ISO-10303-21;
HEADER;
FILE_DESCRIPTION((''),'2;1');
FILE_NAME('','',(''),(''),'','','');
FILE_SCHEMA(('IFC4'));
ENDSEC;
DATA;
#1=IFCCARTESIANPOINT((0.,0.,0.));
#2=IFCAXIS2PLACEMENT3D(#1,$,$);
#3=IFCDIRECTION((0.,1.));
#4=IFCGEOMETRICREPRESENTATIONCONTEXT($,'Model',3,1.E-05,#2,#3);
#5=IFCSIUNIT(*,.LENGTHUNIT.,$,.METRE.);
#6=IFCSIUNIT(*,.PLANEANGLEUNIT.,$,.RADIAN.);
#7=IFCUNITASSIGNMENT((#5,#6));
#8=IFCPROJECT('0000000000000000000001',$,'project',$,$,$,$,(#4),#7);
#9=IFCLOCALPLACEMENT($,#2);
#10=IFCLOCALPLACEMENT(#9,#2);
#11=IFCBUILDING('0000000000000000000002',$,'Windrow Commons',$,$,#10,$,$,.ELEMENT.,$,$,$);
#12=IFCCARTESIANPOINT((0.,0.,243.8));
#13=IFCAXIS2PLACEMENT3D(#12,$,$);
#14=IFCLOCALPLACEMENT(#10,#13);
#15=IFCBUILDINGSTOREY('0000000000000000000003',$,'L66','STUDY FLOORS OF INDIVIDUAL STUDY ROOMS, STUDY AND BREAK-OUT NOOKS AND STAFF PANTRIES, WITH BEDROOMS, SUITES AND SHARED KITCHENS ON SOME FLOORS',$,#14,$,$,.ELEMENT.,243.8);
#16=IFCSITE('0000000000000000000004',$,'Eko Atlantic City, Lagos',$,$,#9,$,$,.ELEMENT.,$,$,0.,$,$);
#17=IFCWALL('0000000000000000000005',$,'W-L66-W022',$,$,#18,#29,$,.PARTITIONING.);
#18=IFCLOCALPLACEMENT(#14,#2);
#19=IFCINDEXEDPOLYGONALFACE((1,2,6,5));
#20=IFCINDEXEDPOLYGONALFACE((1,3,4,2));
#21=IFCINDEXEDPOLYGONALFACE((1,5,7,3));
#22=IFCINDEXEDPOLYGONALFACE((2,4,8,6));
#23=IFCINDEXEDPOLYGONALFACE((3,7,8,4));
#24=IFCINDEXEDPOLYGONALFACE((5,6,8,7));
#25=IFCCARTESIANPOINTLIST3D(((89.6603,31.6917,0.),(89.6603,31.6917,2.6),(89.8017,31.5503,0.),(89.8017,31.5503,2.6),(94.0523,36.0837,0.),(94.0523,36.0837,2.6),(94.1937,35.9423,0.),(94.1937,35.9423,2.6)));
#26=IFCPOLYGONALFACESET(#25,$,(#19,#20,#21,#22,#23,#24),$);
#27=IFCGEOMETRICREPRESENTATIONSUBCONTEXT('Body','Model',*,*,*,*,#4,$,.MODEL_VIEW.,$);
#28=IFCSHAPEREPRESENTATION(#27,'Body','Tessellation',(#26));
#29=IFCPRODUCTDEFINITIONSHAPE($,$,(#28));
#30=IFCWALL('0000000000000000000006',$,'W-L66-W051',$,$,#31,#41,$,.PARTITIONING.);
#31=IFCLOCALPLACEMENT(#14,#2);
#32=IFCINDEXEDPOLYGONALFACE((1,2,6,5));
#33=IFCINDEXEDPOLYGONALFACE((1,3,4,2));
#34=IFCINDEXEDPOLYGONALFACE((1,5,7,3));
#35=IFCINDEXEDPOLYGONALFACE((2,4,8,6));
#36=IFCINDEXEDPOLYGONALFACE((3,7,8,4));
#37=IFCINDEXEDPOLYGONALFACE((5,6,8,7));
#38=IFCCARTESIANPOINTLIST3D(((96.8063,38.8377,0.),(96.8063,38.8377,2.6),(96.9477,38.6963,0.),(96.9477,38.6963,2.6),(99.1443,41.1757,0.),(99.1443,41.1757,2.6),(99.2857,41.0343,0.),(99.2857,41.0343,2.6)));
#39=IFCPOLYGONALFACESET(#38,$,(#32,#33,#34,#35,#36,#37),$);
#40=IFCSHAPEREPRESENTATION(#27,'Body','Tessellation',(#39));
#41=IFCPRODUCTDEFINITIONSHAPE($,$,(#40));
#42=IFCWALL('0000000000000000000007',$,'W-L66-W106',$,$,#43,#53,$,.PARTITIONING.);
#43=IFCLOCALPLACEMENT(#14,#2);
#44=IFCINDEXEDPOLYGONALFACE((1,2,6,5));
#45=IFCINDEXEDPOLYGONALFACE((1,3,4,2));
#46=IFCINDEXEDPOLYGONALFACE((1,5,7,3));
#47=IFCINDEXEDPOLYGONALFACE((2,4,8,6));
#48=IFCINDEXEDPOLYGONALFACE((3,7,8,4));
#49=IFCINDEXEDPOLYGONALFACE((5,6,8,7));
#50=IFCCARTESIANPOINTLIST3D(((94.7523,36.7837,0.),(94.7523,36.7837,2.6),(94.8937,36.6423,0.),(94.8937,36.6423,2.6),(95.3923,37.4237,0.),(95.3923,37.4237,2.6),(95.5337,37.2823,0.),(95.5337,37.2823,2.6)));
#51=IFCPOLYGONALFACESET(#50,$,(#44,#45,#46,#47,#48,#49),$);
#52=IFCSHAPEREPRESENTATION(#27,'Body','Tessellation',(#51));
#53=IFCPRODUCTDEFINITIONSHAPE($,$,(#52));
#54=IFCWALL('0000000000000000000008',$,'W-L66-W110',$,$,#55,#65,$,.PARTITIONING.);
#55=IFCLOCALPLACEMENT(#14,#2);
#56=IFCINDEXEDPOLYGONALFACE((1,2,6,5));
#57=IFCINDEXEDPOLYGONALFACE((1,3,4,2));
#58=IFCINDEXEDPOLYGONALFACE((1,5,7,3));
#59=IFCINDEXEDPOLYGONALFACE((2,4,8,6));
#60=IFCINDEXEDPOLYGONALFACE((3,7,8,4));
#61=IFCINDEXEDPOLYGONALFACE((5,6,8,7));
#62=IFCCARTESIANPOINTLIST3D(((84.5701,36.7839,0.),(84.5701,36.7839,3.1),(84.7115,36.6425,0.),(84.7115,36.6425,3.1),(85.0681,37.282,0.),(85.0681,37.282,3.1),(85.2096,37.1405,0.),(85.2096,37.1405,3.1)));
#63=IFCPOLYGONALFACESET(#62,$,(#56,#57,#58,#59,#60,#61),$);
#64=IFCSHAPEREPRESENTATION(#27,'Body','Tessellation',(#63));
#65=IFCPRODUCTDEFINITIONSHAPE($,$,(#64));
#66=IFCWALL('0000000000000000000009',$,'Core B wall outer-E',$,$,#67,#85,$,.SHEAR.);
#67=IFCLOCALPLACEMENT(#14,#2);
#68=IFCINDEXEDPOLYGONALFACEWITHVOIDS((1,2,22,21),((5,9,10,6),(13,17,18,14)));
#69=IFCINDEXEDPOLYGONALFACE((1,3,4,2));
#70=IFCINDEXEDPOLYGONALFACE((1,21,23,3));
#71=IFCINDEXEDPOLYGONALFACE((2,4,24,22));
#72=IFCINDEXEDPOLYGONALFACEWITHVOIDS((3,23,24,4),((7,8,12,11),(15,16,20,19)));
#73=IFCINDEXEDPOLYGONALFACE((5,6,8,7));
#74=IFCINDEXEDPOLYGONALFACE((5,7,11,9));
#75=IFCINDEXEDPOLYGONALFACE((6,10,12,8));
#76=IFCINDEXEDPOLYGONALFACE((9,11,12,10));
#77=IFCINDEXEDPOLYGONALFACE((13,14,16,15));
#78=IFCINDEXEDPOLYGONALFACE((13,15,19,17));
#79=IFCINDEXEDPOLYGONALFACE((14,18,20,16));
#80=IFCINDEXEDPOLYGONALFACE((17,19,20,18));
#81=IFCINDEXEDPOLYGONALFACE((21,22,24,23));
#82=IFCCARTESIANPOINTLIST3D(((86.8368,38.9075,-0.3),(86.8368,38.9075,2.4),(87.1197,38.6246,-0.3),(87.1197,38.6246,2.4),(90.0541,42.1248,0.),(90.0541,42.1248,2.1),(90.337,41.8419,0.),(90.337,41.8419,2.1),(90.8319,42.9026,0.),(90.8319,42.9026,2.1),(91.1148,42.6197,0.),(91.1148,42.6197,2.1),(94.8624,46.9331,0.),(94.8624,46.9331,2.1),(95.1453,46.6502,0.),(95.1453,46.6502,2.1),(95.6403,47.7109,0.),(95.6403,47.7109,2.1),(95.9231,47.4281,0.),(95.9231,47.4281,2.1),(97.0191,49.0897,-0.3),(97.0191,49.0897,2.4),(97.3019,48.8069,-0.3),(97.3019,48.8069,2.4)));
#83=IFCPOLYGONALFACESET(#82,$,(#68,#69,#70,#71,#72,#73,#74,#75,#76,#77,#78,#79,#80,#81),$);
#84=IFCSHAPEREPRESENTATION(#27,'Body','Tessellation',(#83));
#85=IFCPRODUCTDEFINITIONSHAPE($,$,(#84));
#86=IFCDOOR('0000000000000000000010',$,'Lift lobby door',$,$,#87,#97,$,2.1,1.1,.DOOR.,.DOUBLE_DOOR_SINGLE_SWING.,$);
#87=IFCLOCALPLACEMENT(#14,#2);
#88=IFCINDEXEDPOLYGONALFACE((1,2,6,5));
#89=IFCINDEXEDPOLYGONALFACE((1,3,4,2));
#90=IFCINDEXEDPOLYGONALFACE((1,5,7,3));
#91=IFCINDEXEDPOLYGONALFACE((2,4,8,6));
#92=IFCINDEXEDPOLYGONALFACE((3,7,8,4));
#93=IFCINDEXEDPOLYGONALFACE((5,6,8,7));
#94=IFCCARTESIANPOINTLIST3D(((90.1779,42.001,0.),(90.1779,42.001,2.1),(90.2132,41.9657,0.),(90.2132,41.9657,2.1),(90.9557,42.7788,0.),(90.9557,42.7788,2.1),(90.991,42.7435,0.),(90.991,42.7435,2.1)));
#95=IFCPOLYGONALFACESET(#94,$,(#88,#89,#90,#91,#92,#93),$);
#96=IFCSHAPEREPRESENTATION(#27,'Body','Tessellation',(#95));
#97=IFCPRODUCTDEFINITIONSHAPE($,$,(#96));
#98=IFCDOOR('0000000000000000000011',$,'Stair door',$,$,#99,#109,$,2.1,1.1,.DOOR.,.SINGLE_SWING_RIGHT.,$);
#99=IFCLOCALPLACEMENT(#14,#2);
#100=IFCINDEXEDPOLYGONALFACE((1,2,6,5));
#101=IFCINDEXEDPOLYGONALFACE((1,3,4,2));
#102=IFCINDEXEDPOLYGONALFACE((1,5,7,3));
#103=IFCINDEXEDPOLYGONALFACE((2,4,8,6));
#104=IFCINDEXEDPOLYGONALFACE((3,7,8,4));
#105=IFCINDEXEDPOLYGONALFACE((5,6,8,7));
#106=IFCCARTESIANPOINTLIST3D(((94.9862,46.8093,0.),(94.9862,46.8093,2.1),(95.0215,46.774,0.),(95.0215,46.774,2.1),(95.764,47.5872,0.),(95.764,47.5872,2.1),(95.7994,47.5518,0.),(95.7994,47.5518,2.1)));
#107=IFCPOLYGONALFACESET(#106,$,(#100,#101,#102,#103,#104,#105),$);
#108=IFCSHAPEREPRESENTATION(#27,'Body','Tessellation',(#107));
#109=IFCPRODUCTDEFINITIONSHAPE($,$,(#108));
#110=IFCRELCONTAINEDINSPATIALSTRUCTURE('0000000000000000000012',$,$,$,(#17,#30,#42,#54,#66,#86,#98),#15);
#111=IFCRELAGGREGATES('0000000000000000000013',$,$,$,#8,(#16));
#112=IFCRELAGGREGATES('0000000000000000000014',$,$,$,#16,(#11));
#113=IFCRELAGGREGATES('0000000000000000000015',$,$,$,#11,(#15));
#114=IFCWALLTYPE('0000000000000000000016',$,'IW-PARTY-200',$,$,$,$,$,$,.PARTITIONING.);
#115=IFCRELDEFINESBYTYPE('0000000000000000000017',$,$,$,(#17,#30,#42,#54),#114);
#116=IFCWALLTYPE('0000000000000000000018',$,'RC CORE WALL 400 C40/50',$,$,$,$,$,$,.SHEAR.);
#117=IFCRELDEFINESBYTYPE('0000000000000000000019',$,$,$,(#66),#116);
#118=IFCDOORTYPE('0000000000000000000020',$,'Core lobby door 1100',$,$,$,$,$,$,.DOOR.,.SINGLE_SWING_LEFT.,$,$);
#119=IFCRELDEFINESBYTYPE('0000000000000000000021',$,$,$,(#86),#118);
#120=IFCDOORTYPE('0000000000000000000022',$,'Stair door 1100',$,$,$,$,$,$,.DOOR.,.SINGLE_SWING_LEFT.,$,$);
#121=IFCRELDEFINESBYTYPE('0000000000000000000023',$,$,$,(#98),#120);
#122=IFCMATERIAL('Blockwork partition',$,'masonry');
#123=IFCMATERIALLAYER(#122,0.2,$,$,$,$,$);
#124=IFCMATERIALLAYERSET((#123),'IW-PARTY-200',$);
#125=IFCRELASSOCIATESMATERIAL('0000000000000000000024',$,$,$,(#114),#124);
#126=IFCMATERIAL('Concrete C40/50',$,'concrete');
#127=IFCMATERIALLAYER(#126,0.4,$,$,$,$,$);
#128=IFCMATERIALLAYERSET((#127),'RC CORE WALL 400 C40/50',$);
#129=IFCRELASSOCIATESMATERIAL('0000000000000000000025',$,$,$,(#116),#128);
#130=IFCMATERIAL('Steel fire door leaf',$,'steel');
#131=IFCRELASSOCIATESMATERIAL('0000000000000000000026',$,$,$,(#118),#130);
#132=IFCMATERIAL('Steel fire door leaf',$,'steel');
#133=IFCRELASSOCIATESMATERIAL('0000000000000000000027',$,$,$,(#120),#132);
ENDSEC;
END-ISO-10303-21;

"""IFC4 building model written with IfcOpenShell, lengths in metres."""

from ifc_helpers import new_model, si_unit, direction, frame, frame_2d, origin, place, context, subcontext, project, spatial, rectangle, extrude, material, layer, layer_set, type_object, element, fill, save


model = new_model("IFC4")

# Units and contexts
model_context = context("Model", 3, precision=1e-05, world=origin(), true_north=direction((0.0, 1.0)))
body_context = subcontext(model_context, "Body", "Model", "MODEL_VIEW")
ifc_project = project(units=[si_unit("LENGTHUNIT", "METRE"), si_unit("PLANEANGLEUNIT", "RADIAN")], contexts=[model_context])

# Site, building, storey
site_placement = place(None, origin())
site = spatial("IfcSite", under=ifc_project, at=site_placement, Name="Eko Atlantic City, Lagos", CompositionType="ELEMENT", RefElevation=0.0)
building_placement = place(site_placement, origin())
building = spatial("IfcBuilding", under=site, at=building_placement, Name="Windrow Commons", CompositionType="ELEMENT")
storey_placement = place(building_placement, frame((0.0, 0.0, 243.8)))
storey = spatial("IfcBuildingStorey", under=building, at=storey_placement, Name="L66", Description="STUDY FLOORS OF INDIVIDUAL STUDY ROOMS, STUDY AND BREAK-OUT NOOKS AND STAFF PANTRIES, WITH BEDROOMS, SUITES AND SHARED KITCHENS ON SOME FLOORS", CompositionType="ELEMENT", Elevation=243.8)

# Walls
ifc_material_1 = material(Name="Blockwork partition", Category="masonry")
ifc_layer_1 = layer(ifc_material_1, 0.2)
ifc_layer_set_1 = layer_set([ifc_layer_1], Name="IW-PARTY-200")
wall_type_1 = type_object("IfcWallType", Name="IW-PARTY-200", PredefinedType="PARTITIONING", material=ifc_layer_set_1)
wall_1_placement = place(storey_placement, frame((89.731, 31.621, 0.0), z_axis=(0.0, 0.0, 1.0), x_axis=(0.707107, 0.707107, 0.0)))
element("IfcWall", 1, at=wall_1_placement, inside=storey, type_object=wall_type_1, Name="W-L66-W022", PredefinedType="PARTITIONING", context=body_context, shape_type="SweptSolid", body=[
    extrude(rectangle(XDim=6.2112, YDim=0.2, at=frame_2d((3.1056, 0.0))), origin(), (0.0, 0.0, 1.0), 2.6),
])
wall_2_placement = place(storey_placement, frame((96.877, 38.767, 0.0), z_axis=(0.0, 0.0, 1.0), x_axis=(0.707107, 0.707107, 0.0)))
element("IfcWall", 2, at=wall_2_placement, inside=storey, type_object=wall_type_1, Name="W-L66-W051", PredefinedType="PARTITIONING", context=body_context, shape_type="SweptSolid", body=[
    extrude(rectangle(XDim=3.3064, YDim=0.2, at=frame_2d((1.6532, 0.0))), origin(), (0.0, 0.0, 1.0), 2.6),
])
wall_3_placement = place(storey_placement, frame((94.823, 36.713, 0.0), z_axis=(0.0, 0.0, 1.0), x_axis=(0.707107, 0.707107, 0.0)))
element("IfcWall", 3, at=wall_3_placement, inside=storey, type_object=wall_type_1, Name="W-L66-W106", PredefinedType="PARTITIONING", context=body_context, shape_type="SweptSolid", body=[
    extrude(rectangle(XDim=0.9051, YDim=0.2, at=frame_2d((0.4526, 0.0))), origin(), (0.0, 0.0, 1.0), 2.6),
])
wall_4_placement = place(storey_placement, frame((84.6408, 36.7132, 0.0), z_axis=(0.0, 0.0, 1.0), x_axis=(0.707107, 0.707107, 0.0)))
element("IfcWall", 4, at=wall_4_placement, inside=storey, type_object=wall_type_1, Name="W-L66-W110", PredefinedType="PARTITIONING", context=body_context, shape_type="SweptSolid", body=[
    extrude(rectangle(XDim=0.7043, YDim=0.2, at=frame_2d((0.3522, 0.0))), origin(), (0.0, 0.0, 1.0), 3.1),
])

# Wall, openings, doors
ifc_material_2 = material(Name="Concrete C40/50", Category="concrete")
ifc_layer_2 = layer(ifc_material_2, 0.4)
ifc_layer_set_2 = layer_set([ifc_layer_2], Name="RC CORE WALL 400 C40/50")
wall_type_2 = type_object("IfcWallType", Name="RC CORE WALL 400 C40/50", PredefinedType="SHEAR", material=ifc_layer_set_2)
wall_5_placement = place(storey_placement, frame((86.9782, 38.766, -0.3), z_axis=(0.0, 0.0, 1.0), x_axis=(0.707107, 0.707107, 0.0)))
wall_5 = element("IfcWall", 5, at=wall_5_placement, inside=storey, type_object=wall_type_2, Name="Core B wall outer-E", PredefinedType="SHEAR", context=body_context, shape_type="SweptSolid", body=[
    extrude(rectangle(XDim=14.3999, YDim=0.4, at=frame_2d((7.2, 0.0))), origin(), (0.0, 0.0, 1.0), 2.7),
])
opening_1_placement = place(wall_5_placement, frame((4.55, 0.0, 0.3)))
opening_1 = element("IfcOpeningElement", 6, at=opening_1_placement, cuts=wall_5, PredefinedType="OPENING", context=body_context, shape_type="SweptSolid", body=[
    extrude(rectangle(XDim=1.1, YDim=2.1, at=frame_2d((0.55, 1.05))), frame((0.0, 0.21, 0.0), z_axis=(0.0, -1.0, 0.0), x_axis=(1.0, 0.0, 0.0)), (0.0, 0.0, 1.0), 0.42),
])
opening_2_placement = place(wall_5_placement, frame((11.35, 0.0, 0.3)))
opening_2 = element("IfcOpeningElement", 7, at=opening_2_placement, cuts=wall_5, PredefinedType="OPENING", context=body_context, shape_type="SweptSolid", body=[
    extrude(rectangle(XDim=1.1, YDim=2.1, at=frame_2d((0.55, 1.05))), frame((0.0, 0.21, 0.0), z_axis=(0.0, -1.0, 0.0), x_axis=(1.0, 0.0, 0.0)), (0.0, 0.0, 1.0), 0.42),
])
ifc_material_3 = material(Name="Steel fire door leaf", Category="steel")
door_type_1 = type_object("IfcDoorType", Name="Core lobby door 1100", OperationType="SINGLE_SWING_LEFT", PredefinedType="DOOR", material=ifc_material_3)
door_1_placement = place(opening_1_placement, origin())
door_1 = element("IfcDoor", 8, at=door_1_placement, inside=storey, type_object=door_type_1, Name="Lift lobby door", OperationType="DOUBLE_DOOR_SINGLE_SWING", OverallHeight=2.1, OverallWidth=1.1, PredefinedType="DOOR", context=body_context, shape_type="SweptSolid", body=[
    extrude(rectangle(XDim=1.1, YDim=2.1, at=frame_2d((0.55, 1.05))), frame((0.0, 0.025, 0.0), z_axis=(0.0, -1.0, 0.0), x_axis=(1.0, 0.0, 0.0)), (0.0, 0.0, 1.0), 0.05),
])
fill(opening_1, door_1)
ifc_material_4 = material(Name="Steel fire door leaf", Category="steel")
door_type_2 = type_object("IfcDoorType", Name="Stair door 1100", OperationType="SINGLE_SWING_LEFT", PredefinedType="DOOR", material=ifc_material_4)
door_2_placement = place(opening_2_placement, origin())
door_2 = element("IfcDoor", 9, at=door_2_placement, inside=storey, type_object=door_type_2, Name="Stair door", OperationType="SINGLE_SWING_RIGHT", OverallHeight=2.1, OverallWidth=1.1, PredefinedType="DOOR", context=body_context, shape_type="SweptSolid", body=[
    extrude(rectangle(XDim=1.1, YDim=2.1, at=frame_2d((0.55, 1.05))), frame((0.0, 0.025, 0.0), z_axis=(0.0, -1.0, 0.0), x_axis=(1.0, 0.0, 0.0)), (0.0, 0.0, 1.0), 0.05),
])
fill(opening_2, door_2)

save(model, "model.ifc")
